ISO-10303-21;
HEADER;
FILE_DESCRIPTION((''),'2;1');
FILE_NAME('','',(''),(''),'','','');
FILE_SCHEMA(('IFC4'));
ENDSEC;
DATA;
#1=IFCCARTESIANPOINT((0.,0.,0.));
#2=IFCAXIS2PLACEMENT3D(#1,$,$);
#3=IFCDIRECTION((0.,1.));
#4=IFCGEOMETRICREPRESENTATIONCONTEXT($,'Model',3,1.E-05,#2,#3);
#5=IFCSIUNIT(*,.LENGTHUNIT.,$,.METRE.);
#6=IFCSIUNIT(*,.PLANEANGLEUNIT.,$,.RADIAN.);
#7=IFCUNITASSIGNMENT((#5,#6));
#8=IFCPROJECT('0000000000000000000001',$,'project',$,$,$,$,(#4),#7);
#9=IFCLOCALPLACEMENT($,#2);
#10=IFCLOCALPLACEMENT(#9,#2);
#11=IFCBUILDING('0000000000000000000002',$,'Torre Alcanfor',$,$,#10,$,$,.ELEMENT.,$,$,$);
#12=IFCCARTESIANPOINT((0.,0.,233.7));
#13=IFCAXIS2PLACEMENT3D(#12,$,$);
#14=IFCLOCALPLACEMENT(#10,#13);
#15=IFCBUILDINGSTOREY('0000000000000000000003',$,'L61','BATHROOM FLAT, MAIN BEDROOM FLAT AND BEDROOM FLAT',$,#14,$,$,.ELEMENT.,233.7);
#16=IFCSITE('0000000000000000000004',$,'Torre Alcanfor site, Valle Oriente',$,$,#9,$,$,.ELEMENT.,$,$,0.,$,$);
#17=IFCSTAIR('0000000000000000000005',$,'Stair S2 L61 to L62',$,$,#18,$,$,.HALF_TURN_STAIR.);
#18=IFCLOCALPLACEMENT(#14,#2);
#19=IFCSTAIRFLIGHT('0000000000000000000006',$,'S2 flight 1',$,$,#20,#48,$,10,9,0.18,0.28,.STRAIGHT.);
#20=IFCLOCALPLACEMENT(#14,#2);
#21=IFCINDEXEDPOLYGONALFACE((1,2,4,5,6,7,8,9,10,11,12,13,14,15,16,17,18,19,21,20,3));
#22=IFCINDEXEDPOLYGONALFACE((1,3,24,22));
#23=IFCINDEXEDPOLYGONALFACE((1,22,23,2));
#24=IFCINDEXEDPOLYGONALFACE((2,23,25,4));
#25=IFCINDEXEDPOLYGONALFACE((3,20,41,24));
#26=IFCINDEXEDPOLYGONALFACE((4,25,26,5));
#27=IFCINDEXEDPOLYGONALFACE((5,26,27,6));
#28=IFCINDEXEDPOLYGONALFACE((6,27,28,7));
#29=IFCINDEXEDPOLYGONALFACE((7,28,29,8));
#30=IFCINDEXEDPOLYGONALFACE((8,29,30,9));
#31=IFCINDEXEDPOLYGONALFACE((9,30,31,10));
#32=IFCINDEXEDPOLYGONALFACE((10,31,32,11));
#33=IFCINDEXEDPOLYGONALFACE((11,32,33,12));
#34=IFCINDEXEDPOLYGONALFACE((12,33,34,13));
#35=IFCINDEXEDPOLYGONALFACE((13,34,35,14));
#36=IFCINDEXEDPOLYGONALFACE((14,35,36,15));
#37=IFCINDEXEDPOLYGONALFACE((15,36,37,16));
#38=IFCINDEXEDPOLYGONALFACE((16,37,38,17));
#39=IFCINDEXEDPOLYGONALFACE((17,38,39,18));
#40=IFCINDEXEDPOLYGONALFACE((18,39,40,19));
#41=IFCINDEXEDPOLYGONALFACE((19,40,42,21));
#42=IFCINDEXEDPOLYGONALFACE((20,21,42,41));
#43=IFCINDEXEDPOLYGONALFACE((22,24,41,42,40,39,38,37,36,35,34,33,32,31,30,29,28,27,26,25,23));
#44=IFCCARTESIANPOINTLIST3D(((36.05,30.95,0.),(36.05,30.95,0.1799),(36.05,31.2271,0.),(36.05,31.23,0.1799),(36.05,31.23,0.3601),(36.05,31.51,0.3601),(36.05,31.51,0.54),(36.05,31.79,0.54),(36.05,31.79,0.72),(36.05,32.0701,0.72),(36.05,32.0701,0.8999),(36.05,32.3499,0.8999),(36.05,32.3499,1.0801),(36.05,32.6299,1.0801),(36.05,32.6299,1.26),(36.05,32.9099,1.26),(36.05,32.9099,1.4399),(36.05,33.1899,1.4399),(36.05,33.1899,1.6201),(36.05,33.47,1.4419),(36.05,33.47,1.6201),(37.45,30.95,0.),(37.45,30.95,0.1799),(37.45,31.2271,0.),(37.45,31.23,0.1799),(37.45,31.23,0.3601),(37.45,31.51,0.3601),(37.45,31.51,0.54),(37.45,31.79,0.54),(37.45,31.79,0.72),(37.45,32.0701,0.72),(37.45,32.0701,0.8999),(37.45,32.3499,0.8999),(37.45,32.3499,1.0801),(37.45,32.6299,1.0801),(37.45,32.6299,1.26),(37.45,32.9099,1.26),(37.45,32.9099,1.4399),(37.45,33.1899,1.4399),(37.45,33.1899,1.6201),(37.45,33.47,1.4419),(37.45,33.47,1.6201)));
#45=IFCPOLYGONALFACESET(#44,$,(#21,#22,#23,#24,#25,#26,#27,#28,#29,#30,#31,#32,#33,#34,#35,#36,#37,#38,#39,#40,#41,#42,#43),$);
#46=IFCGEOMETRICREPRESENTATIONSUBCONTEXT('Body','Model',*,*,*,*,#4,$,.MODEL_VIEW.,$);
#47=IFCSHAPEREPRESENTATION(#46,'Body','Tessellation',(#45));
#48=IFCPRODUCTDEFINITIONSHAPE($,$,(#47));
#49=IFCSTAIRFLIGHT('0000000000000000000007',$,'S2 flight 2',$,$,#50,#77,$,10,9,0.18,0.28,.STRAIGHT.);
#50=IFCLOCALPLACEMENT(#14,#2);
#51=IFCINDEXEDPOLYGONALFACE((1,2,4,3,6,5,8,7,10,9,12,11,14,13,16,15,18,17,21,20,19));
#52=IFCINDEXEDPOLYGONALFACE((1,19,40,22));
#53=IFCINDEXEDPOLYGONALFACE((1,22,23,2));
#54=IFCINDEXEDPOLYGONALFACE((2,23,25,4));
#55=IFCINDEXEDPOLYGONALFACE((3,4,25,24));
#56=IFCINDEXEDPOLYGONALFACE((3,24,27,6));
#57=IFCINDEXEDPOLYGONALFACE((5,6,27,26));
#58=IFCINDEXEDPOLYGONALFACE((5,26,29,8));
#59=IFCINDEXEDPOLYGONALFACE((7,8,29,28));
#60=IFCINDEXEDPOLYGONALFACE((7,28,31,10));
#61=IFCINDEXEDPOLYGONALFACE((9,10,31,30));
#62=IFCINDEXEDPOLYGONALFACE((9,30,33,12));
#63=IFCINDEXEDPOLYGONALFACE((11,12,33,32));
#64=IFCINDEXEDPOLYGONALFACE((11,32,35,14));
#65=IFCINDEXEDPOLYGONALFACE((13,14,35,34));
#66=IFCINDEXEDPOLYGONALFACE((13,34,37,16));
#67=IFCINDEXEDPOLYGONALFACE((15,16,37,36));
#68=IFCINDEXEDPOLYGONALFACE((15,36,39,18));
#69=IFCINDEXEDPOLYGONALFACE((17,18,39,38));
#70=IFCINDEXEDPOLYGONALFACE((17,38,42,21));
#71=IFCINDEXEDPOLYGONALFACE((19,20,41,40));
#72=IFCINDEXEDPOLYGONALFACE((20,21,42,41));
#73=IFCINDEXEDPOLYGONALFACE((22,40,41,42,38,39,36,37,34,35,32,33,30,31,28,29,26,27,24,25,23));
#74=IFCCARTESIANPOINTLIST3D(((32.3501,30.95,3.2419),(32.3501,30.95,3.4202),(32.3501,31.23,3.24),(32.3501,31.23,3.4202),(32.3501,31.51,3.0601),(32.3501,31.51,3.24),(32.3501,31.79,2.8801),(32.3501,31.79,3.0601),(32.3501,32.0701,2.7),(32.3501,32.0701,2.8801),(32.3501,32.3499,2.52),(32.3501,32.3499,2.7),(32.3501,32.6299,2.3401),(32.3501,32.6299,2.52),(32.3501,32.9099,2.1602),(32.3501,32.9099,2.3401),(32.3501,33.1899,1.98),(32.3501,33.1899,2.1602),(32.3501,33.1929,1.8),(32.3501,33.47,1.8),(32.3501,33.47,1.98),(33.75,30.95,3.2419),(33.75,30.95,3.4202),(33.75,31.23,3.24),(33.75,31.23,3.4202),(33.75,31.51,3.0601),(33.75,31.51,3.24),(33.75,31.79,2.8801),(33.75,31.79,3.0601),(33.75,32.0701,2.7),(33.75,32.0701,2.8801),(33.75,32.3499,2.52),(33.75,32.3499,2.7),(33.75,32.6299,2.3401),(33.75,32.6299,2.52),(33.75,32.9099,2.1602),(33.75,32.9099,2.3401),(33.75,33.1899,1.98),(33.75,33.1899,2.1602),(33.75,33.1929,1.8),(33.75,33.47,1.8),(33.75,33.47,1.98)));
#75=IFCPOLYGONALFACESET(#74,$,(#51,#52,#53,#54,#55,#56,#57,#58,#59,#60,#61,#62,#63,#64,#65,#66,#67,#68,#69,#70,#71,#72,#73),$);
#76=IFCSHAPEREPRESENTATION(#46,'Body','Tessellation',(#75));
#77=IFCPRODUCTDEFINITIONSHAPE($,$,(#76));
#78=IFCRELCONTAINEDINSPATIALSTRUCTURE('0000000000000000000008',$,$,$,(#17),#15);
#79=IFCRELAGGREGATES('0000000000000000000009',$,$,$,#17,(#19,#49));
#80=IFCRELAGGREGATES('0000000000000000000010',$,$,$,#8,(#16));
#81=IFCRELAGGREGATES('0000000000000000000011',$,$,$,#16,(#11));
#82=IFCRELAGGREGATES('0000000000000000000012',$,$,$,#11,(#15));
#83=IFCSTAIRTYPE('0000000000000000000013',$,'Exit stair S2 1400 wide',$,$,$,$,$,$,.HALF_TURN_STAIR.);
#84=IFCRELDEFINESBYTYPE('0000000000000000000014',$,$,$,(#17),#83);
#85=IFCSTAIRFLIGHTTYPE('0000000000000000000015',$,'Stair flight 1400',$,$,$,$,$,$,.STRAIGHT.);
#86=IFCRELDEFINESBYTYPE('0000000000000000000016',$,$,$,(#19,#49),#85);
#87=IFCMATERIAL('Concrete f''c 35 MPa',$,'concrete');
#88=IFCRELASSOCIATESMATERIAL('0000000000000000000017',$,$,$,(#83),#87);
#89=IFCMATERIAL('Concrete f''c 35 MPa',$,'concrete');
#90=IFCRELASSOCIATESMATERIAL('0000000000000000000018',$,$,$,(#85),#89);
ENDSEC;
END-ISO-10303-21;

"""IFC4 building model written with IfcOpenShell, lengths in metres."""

from ifc_helpers import new_model, si_unit, direction, frame, origin, place, context, subcontext, project, spatial, polyline, outline, extrude, material, type_object, element, aggregate, save


model = new_model("IFC4")

# Units and contexts
model_context = context("Model", 3, precision=1e-05, world=origin(), true_north=direction((0.0, 1.0)))
body_context = subcontext(model_context, "Body", "Model", "MODEL_VIEW")
ifc_project = project(units=[si_unit("LENGTHUNIT", "METRE"), si_unit("PLANEANGLEUNIT", "RADIAN")], contexts=[model_context])

# Site, building, storey
site_placement = place(None, origin())
site = spatial("IfcSite", under=ifc_project, at=site_placement, Name="Torre Alcanfor site, Valle Oriente", CompositionType="ELEMENT", RefElevation=0.0)
building_placement = place(site_placement, origin())
building = spatial("IfcBuilding", under=site, at=building_placement, Name="Torre Alcanfor", CompositionType="ELEMENT")
storey_placement = place(building_placement, frame((0.0, 0.0, 233.7)))
storey = spatial("IfcBuildingStorey", under=building, at=storey_placement, Name="L61", Description="BATHROOM FLAT, MAIN BEDROOM FLAT AND BEDROOM FLAT", CompositionType="ELEMENT", Elevation=233.7)

# Stair, stair flights
ifc_material_1 = material(Name="Concrete f'c 35 MPa", Category="concrete")
stair_type = type_object("IfcStairType", Name="Exit stair S2 1400 wide", PredefinedType="HALF_TURN_STAIR", material=ifc_material_1)
stair_placement = place(storey_placement, origin())
stair = element("IfcStair", 1, at=stair_placement, inside=storey, type_object=stair_type, Name="Stair S2 L61 to L62", PredefinedType="HALF_TURN_STAIR")
ifc_material_2 = material(Name="Concrete f'c 35 MPa", Category="concrete")
stair_flight_type = type_object("IfcStairFlightType", Name="Stair flight 1400", PredefinedType="STRAIGHT", material=ifc_material_2)
stair_flight_1_placement = place(storey_placement, frame((36.75, 30.95, 0.0), z_axis=(0.0, 0.0, 1.0), x_axis=(0.0, 1.0, 0.0)))
stair_flight_1 = element("IfcStairFlight", 2, at=stair_flight_1_placement, type_object=stair_flight_type, Name="S2 flight 1", NumberOfRisers=10, NumberOfTreads=9, PredefinedType="STRAIGHT", RiserHeight=0.18, TreadLength=0.28, context=body_context, shape_type="SweptSolid", body=[
    extrude(outline(polyline([(0.0, 0.0), (0.0, 0.1799), (0.28, 0.1799), (0.28, 0.3601), (0.5601, 0.3601), (0.5601, 0.54), (0.8401, 0.54), (0.8401, 0.72), (1.1201, 0.72), (1.1201, 0.8999), (1.3999, 0.8999), (1.3999, 1.0801), (1.6799, 1.0801), (1.6799, 1.26), (1.96, 1.26), (1.96, 1.4399), (2.24, 1.4399), (2.24, 1.6201), (2.52, 1.6201), (2.52, 1.8), (2.52, 1.4419), (0.2771, 0.0), (0.0, 0.0)])), frame((0.0, 0.7, 0.0), z_axis=(0.0, -1.0, 0.0), x_axis=(1.0, 0.0, 0.0)), (0.0, 0.0, 1.0), 1.3999),
])
stair_flight_2_placement = place(storey_placement, frame((33.05, 33.47, 1.8), z_axis=(0.0, 0.0, 1.0), x_axis=(0.0, -1.0, 0.0)))
stair_flight_2 = element("IfcStairFlight", 3, at=stair_flight_2_placement, type_object=stair_flight_type, Name="S2 flight 2", NumberOfRisers=10, NumberOfTreads=9, PredefinedType="STRAIGHT", RiserHeight=0.18, TreadLength=0.28, context=body_context, shape_type="SweptSolid", body=[
    extrude(outline(polyline([(0.0, 0.0), (0.0, 0.1799), (0.28, 0.1799), (0.28, 0.3601), (0.5601, 0.3601), (0.5601, 0.54), (0.8401, 0.54), (0.8401, 0.72), (1.1201, 0.72), (1.1201, 0.8999), (1.3999, 0.8999), (1.3999, 1.0801), (1.6799, 1.0801), (1.6799, 1.26), (1.96, 1.26), (1.96, 1.4399), (2.24, 1.4399), (2.24, 1.6201), (2.52, 1.6201), (2.52, 1.8), (2.52, 1.4419), (0.2771, 0.0), (0.0, 0.0)])), frame((0.0, 0.7, 0.0), z_axis=(0.0, -1.0, 0.0), x_axis=(1.0, 0.0, 0.0)), (0.0, 0.0, 1.0), 1.3999),
])
aggregate(stair, [stair_flight_1, stair_flight_2])

save(model, "model.ifc")
